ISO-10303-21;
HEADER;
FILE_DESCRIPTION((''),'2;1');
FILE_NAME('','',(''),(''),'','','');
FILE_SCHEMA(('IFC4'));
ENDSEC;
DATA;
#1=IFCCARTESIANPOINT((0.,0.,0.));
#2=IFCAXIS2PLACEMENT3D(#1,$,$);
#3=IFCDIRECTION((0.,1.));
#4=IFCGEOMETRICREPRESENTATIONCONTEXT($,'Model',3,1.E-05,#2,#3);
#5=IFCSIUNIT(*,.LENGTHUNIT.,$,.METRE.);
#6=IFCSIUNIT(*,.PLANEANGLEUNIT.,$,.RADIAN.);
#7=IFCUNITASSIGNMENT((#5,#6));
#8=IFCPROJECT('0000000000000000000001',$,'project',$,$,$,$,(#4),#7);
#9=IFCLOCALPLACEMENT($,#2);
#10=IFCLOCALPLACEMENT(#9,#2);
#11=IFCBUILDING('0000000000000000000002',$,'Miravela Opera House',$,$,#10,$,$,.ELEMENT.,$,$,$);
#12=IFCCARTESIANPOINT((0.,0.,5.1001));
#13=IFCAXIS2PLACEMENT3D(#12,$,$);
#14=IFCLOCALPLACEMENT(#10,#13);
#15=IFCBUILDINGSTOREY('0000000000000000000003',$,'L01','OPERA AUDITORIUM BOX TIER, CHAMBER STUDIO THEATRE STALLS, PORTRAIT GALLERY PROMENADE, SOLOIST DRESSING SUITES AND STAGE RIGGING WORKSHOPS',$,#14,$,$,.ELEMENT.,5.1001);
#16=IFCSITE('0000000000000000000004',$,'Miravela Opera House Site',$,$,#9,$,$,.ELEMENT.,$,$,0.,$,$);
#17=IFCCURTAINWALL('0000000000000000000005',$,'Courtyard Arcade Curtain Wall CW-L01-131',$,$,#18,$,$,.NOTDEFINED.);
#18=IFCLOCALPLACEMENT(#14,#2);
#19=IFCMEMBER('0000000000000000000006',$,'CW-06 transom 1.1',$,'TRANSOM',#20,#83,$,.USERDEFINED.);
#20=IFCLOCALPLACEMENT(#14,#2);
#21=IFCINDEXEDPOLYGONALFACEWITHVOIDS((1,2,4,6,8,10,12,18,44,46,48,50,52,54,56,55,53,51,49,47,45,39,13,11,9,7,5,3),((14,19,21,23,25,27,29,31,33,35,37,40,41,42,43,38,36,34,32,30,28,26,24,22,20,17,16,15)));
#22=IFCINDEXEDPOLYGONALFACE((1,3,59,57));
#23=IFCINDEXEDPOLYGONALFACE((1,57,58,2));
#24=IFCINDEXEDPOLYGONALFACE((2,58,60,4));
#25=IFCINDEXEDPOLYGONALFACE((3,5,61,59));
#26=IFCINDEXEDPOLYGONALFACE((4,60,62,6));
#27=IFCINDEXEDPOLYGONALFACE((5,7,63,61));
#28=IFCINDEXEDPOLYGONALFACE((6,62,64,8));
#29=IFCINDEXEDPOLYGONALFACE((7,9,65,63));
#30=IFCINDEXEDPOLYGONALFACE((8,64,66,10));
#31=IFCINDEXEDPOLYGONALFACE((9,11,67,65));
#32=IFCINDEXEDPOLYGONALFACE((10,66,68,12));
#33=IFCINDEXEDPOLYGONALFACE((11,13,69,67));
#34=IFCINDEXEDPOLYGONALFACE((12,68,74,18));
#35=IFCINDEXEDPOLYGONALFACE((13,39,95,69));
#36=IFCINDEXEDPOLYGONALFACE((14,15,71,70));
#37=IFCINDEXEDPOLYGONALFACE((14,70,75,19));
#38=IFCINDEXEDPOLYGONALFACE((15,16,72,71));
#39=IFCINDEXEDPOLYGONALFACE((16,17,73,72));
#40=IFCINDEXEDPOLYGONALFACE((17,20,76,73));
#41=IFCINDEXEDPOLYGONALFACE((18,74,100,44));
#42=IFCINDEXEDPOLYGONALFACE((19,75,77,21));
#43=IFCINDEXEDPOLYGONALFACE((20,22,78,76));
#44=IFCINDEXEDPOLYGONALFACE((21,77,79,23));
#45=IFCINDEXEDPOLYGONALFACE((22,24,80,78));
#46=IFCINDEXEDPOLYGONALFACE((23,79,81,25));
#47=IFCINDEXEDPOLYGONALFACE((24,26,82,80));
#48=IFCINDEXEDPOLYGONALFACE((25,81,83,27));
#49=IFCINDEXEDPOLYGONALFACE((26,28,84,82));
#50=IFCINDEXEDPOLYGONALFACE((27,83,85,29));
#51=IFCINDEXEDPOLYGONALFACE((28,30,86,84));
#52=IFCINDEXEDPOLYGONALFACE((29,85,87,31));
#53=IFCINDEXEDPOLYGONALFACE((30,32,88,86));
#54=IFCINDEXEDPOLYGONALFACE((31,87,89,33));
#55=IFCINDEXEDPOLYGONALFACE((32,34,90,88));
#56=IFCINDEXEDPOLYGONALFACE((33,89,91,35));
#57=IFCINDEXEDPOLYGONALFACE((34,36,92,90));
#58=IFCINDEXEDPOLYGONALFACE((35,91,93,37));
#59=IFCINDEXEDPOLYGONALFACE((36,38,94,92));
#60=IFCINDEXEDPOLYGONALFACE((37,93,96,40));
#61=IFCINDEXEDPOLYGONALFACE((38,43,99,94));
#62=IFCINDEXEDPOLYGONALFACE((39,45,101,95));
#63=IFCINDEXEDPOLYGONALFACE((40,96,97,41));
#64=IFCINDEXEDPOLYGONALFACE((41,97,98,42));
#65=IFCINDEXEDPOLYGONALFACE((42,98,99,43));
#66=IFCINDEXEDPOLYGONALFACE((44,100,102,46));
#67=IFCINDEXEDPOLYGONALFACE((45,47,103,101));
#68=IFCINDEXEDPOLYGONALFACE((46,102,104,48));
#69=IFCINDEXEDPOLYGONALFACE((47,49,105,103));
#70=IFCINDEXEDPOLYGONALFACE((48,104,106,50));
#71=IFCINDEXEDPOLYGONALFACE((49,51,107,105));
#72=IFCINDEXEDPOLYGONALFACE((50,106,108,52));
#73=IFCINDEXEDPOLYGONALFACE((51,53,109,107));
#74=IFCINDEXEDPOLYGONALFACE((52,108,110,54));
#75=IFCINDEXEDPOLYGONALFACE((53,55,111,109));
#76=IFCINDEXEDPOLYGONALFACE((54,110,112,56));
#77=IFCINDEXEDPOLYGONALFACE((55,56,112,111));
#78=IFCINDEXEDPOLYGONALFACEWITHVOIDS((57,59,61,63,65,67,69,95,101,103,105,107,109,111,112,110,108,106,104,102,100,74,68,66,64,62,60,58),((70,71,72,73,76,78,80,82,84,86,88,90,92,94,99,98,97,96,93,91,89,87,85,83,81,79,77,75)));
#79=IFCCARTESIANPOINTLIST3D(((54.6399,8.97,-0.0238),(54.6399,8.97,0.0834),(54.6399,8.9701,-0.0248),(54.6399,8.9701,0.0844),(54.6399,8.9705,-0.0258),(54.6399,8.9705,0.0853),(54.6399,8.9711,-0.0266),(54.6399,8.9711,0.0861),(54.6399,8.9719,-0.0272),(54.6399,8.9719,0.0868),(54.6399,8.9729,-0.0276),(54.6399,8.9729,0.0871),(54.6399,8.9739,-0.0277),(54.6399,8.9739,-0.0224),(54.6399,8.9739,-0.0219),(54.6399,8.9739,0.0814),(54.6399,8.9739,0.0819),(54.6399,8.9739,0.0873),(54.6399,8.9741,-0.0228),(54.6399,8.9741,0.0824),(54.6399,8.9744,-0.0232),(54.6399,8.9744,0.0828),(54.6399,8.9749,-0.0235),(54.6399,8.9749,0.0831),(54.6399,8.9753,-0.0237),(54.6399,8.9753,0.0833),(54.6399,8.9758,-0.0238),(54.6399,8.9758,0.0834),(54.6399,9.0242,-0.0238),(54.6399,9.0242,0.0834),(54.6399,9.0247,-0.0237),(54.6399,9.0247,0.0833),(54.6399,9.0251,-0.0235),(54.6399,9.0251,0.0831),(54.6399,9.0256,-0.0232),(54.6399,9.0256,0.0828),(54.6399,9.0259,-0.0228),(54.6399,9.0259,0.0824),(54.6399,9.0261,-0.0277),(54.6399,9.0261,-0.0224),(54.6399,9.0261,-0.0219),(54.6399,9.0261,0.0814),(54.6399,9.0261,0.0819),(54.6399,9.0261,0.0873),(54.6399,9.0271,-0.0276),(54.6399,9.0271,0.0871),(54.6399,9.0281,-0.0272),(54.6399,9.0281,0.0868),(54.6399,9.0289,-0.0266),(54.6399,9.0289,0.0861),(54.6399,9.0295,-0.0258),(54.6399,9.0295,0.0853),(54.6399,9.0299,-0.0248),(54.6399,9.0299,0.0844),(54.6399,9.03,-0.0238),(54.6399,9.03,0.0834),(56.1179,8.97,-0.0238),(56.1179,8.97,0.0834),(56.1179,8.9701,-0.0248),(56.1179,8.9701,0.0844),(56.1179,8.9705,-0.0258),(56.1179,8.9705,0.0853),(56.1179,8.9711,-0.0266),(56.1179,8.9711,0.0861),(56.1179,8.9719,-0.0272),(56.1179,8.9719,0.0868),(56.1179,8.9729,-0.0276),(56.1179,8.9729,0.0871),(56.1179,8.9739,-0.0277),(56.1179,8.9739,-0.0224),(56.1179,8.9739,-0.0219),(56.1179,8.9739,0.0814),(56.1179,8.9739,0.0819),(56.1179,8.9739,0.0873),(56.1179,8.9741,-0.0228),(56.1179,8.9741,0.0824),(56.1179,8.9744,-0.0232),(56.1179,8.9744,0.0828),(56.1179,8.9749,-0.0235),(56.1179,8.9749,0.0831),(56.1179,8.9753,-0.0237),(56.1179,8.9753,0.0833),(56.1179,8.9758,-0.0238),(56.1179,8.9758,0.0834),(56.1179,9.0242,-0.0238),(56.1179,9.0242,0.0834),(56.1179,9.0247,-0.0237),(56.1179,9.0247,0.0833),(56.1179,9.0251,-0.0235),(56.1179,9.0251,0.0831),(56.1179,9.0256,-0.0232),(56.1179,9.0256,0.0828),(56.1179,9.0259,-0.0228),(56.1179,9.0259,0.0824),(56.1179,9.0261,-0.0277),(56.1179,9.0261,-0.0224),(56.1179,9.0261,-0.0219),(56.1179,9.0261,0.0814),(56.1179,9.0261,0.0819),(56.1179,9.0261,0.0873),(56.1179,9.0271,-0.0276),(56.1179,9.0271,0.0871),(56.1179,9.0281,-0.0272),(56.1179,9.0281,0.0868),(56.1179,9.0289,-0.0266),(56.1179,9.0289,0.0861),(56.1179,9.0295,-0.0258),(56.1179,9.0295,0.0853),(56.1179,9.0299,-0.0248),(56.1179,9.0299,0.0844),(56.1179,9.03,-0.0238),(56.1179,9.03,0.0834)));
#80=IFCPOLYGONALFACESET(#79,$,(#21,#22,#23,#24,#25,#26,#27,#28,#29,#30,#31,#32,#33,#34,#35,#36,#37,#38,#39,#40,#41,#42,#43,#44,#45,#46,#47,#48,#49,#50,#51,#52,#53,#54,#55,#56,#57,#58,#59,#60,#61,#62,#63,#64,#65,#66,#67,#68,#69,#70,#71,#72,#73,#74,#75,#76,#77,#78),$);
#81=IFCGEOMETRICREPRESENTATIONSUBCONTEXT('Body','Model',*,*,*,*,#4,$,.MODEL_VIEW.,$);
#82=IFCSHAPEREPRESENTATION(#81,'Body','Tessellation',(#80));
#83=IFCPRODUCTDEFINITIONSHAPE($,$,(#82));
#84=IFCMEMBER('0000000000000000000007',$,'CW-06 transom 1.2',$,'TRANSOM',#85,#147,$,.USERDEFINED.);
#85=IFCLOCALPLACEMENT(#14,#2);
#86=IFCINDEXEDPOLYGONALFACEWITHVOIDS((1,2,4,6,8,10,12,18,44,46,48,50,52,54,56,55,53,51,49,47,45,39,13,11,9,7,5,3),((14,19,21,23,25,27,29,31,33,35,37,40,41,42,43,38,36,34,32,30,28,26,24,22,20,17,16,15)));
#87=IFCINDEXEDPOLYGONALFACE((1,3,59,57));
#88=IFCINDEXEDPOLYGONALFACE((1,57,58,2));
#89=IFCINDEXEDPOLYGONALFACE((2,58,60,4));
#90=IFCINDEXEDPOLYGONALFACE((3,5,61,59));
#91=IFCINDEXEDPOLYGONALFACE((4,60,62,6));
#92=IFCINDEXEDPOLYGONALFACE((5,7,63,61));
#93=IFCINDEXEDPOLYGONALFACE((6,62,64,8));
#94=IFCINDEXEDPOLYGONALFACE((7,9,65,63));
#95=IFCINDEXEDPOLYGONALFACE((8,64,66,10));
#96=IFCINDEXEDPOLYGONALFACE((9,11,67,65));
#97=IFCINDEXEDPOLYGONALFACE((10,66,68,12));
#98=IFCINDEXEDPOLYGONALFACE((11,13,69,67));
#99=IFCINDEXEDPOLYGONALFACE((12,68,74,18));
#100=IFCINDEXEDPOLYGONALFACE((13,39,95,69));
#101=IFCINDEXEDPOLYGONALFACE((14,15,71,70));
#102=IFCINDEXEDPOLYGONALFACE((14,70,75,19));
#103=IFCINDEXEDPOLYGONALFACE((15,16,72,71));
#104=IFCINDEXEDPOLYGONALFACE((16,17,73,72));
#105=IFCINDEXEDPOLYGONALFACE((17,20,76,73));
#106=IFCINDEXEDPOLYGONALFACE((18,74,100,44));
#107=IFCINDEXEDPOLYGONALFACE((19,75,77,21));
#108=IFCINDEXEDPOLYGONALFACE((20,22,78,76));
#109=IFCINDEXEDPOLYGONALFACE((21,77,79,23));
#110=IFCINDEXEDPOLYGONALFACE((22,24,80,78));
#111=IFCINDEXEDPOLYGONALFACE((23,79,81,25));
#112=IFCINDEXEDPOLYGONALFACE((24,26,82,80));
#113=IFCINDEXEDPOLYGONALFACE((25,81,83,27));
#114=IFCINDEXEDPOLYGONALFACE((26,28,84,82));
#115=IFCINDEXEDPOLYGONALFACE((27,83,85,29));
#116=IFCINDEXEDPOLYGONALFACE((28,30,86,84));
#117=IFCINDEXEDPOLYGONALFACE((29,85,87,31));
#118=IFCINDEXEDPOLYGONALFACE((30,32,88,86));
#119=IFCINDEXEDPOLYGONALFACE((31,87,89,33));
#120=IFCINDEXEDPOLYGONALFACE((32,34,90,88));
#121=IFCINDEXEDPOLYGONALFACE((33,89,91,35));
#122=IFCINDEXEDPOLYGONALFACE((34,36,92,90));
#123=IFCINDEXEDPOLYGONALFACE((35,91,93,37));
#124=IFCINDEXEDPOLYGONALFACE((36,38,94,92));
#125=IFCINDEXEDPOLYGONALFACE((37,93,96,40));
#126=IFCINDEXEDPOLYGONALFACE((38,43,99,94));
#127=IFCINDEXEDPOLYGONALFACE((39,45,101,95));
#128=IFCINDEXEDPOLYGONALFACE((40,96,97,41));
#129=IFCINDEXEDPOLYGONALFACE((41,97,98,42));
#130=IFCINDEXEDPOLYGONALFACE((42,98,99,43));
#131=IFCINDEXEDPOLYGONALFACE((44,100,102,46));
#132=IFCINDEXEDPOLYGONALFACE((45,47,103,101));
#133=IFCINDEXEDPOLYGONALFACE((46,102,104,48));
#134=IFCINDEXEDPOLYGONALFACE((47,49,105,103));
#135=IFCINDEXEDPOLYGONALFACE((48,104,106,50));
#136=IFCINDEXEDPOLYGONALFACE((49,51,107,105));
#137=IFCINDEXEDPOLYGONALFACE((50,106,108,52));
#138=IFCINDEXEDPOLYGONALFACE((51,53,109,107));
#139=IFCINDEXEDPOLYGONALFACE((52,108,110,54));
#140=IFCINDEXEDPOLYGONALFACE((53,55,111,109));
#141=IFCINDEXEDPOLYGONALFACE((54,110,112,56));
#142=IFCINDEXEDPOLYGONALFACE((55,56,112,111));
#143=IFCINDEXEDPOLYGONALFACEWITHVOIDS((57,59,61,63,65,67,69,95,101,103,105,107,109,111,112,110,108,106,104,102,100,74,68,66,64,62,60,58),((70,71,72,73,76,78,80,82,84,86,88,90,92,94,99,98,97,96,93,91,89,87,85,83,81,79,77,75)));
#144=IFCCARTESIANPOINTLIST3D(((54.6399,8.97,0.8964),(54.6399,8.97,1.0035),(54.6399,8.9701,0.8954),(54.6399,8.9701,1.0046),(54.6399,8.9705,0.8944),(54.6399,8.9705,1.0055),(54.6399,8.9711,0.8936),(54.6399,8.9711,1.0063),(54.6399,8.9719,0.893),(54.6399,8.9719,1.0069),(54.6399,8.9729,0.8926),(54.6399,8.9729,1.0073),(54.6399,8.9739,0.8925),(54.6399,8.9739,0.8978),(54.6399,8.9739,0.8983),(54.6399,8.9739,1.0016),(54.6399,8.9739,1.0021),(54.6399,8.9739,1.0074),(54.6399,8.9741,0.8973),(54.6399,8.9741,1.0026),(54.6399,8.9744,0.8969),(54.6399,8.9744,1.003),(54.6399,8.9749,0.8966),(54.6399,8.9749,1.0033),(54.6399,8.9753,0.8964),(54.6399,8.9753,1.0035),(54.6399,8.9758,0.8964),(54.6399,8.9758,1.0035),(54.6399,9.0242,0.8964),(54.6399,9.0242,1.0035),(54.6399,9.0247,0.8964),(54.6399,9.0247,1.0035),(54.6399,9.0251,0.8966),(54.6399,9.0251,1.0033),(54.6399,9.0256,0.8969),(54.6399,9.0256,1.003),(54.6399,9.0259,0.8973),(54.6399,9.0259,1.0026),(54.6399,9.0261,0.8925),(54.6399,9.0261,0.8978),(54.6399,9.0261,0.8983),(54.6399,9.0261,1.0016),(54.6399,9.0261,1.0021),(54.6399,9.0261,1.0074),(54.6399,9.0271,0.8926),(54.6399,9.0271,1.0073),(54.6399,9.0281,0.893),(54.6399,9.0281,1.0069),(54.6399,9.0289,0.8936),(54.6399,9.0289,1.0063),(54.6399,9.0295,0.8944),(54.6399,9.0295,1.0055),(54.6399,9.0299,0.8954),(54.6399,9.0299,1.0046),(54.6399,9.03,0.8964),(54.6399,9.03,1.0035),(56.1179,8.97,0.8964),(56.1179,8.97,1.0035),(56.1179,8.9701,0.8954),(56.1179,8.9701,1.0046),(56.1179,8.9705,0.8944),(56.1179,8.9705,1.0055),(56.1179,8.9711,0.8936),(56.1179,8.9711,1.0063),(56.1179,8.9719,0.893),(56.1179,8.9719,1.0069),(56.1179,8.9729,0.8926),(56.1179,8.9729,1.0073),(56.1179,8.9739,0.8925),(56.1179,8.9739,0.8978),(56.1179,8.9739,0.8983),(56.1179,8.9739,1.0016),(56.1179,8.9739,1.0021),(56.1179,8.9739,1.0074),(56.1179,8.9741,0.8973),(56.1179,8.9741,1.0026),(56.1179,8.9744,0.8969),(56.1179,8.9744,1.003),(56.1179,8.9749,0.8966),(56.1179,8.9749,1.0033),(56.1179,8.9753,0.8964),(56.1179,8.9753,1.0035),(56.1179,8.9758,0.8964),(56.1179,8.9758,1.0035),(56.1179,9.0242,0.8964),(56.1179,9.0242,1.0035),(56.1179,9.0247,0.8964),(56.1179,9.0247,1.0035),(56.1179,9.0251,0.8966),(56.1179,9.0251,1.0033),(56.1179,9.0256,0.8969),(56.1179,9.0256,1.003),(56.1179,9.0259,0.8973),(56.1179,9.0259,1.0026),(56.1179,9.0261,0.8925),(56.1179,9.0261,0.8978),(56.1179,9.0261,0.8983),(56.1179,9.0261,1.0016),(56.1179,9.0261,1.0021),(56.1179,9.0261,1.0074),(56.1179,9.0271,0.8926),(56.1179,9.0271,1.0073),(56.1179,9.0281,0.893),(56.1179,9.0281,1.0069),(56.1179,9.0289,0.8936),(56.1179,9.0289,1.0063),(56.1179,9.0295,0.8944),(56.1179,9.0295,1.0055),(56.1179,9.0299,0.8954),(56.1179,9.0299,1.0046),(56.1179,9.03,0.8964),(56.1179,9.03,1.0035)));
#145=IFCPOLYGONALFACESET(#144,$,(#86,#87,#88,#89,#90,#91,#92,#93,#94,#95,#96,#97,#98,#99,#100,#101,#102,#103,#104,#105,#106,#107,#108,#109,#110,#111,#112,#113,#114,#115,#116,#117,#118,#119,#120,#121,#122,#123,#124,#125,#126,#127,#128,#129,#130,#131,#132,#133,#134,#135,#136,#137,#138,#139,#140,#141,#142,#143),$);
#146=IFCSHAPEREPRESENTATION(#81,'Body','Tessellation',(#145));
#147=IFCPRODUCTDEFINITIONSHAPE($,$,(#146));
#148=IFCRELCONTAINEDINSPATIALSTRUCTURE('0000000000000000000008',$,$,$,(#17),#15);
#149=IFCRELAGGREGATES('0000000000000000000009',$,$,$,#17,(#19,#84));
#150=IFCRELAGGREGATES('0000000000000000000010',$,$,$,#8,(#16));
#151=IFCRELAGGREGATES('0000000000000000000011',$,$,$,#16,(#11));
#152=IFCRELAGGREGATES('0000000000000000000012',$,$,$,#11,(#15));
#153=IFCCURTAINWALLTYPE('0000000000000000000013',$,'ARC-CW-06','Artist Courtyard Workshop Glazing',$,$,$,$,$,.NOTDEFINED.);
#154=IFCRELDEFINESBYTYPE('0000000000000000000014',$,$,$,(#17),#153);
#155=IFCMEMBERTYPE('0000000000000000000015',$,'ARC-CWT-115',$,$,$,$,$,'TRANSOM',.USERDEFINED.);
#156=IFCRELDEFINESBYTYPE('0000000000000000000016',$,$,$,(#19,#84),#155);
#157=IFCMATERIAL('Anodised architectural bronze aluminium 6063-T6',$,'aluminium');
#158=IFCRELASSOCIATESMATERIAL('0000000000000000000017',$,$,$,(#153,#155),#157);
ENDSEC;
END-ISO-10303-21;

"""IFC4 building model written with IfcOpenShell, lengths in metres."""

from ifc_helpers import new_model, si_unit, direction, frame, origin, origin_2d, place, context, subcontext, project, spatial, hollow_rectangle, extrude, material, material_profile, profile_set, type_object, element, aggregate, save


model = new_model("IFC4")

# Units and contexts
model_context = context("Model", 3, precision=1e-05, world=origin(), true_north=direction((0.0, 1.0)))
body_context = subcontext(model_context, "Body", "Model", "MODEL_VIEW")
ifc_project = project(units=[si_unit("LENGTHUNIT", "METRE"), si_unit("PLANEANGLEUNIT", "RADIAN")], contexts=[model_context])

# Site, building, storey
site_placement = place(None, origin())
site = spatial("IfcSite", under=ifc_project, at=site_placement, Name="Miravela Opera House Site", CompositionType="ELEMENT", RefElevation=0.0)
building_placement = place(site_placement, origin())
building = spatial("IfcBuilding", under=site, at=building_placement, Name="Miravela Opera House", CompositionType="ELEMENT")
storey_placement = place(building_placement, frame((0.0, 0.0, 5.1001)))
storey = spatial("IfcBuildingStorey", under=building, at=storey_placement, Name="L01", Description="OPERA AUDITORIUM BOX TIER, CHAMBER STUDIO THEATRE STALLS, PORTRAIT GALLERY PROMENADE, SOLOIST DRESSING SUITES AND STAGE RIGGING WORKSHOPS", CompositionType="ELEMENT", Elevation=5.1001)

# Shared definitions
ifc_material_1 = material(Name="Anodised architectural bronze aluminium 6063-T6", Category="aluminium")
curtain_wall_type = type_object("IfcCurtainWallType", Name="ARC-CW-06", Description="Artist Courtyard Workshop Glazing", PredefinedType="NOTDEFINED", material=ifc_material_1)

# Curtain wall, members
curtain_wall_1_placement = place(storey_placement, origin())
curtain_wall_1 = element("IfcCurtainWall", 1, at=curtain_wall_1_placement, inside=storey, type_object=curtain_wall_type, Name="Courtyard Arcade Curtain Wall CW-L01-131", PredefinedType="NOTDEFINED")
ifc_material_profile_1 = material_profile(ifc_material_1, hollow_rectangle(XDim=0.0601, YDim=0.115, WallThickness=0.0039, InnerFilletRadius=0.002, OuterFilletRadius=0.0039, at=origin_2d()), Name="CWT-60X115")
ifc_profile_set_1 = profile_set([ifc_material_profile_1])
member_type_1 = type_object("IfcMemberType", Name="ARC-CWT-115", ElementType="TRANSOM", PredefinedType="USERDEFINED", material=ifc_profile_set_1)
member_1_placement = place(storey_placement, frame((54.6399, 9.0, 0.0298), z_axis=(1.0, 0.0, 0.0), x_axis=(0.0, 1.0, 0.0)))
member_1 = element("IfcMember", 2, at=member_1_placement, type_object=member_type_1, Name="CW-06 transom 1.1", ObjectType="TRANSOM", PredefinedType="USERDEFINED", context=body_context, shape_type="SweptSolid", body=[
    extrude(hollow_rectangle(XDim=0.0601, YDim=0.115, WallThickness=0.0039, InnerFilletRadius=0.002, OuterFilletRadius=0.0039, at=origin_2d()), origin(), (0.0, 0.0, 1.0), 1.478),
])
member_2_placement = place(storey_placement, frame((54.6399, 9.0, 0.95), z_axis=(1.0, 0.0, 0.0), x_axis=(0.0, 1.0, 0.0)))
member_2 = element("IfcMember", 3, at=member_2_placement, type_object=member_type_1, Name="CW-06 transom 1.2", ObjectType="TRANSOM", PredefinedType="USERDEFINED", context=body_context, shape_type="SweptSolid", body=[
    extrude(hollow_rectangle(XDim=0.0601, YDim=0.115, WallThickness=0.0039, InnerFilletRadius=0.002, OuterFilletRadius=0.0039, at=origin_2d()), origin(), (0.0, 0.0, 1.0), 1.478),
])

aggregate(curtain_wall_1, [member_1, member_2])

save(model, "model.ifc")
